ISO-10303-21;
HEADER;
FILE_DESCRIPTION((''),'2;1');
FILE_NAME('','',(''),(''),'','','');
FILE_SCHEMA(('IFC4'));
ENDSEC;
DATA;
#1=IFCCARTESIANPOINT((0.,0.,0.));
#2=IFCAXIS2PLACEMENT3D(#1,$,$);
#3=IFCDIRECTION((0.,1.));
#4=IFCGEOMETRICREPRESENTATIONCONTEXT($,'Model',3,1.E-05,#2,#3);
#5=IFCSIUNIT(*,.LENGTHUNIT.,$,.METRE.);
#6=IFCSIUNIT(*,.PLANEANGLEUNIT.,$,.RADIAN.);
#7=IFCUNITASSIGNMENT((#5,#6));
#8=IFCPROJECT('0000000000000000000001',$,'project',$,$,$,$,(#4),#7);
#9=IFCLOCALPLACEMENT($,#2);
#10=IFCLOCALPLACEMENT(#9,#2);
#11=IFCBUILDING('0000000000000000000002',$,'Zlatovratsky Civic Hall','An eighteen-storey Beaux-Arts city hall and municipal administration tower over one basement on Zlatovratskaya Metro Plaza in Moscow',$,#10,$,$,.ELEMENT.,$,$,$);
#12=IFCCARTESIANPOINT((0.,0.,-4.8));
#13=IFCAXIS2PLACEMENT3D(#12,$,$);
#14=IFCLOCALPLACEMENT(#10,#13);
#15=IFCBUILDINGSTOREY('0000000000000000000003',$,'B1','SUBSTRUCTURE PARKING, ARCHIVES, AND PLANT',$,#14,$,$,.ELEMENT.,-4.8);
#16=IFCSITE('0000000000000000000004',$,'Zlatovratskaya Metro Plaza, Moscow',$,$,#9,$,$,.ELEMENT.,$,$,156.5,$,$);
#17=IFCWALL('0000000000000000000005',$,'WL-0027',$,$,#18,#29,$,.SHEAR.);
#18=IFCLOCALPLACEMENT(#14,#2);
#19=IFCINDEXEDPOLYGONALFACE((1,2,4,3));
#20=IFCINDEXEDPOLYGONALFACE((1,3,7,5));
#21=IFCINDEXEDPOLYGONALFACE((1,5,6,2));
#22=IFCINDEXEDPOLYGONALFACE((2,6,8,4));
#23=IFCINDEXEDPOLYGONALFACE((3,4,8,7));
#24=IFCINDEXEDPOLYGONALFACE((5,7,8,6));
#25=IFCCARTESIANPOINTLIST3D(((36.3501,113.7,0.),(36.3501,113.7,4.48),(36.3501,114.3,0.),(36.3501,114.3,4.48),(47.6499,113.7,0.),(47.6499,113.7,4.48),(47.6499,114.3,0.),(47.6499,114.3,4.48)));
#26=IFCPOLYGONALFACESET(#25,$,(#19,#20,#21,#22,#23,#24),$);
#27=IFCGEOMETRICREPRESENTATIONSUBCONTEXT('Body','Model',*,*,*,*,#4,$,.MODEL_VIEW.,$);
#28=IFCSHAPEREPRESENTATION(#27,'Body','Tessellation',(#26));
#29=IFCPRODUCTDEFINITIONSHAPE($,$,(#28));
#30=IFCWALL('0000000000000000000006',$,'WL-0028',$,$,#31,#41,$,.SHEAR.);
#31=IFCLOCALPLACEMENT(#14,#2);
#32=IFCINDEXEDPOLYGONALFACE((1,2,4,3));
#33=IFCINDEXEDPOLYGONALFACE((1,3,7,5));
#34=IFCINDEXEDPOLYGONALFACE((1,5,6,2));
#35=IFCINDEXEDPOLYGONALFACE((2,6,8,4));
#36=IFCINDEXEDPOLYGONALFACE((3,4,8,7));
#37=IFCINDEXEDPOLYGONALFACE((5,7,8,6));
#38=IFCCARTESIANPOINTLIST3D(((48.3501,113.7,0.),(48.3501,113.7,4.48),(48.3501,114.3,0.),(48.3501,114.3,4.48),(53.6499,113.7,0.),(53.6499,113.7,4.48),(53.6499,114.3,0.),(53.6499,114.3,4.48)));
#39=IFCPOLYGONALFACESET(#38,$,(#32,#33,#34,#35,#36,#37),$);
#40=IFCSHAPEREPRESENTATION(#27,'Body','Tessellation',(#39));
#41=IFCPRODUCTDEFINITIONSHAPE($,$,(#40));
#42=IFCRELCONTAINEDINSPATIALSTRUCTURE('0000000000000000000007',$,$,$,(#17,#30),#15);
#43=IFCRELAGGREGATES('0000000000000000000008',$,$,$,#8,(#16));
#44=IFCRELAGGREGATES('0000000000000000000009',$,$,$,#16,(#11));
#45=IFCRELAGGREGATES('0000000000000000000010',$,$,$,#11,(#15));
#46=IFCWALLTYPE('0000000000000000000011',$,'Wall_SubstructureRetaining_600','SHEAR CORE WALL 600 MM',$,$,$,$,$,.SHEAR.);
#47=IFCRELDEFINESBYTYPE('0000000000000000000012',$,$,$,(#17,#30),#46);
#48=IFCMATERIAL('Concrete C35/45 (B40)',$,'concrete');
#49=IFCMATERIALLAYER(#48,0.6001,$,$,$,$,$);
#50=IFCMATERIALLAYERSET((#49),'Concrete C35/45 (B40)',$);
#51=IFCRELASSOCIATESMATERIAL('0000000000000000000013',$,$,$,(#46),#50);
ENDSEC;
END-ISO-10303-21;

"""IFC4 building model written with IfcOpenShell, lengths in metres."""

from ifc_helpers import new_model, si_unit, direction, frame, frame_2d, origin, place, context, subcontext, project, spatial, rectangle, extrude, material, layer, layer_set, type_object, element, save


model = new_model("IFC4")

# Units and contexts
model_context = context("Model", 3, precision=1e-05, world=origin(), true_north=direction((0.0, 1.0)))
body_context = subcontext(model_context, "Body", "Model", "MODEL_VIEW")
ifc_project = project(units=[si_unit("LENGTHUNIT", "METRE"), si_unit("PLANEANGLEUNIT", "RADIAN")], contexts=[model_context])

# Site, building, storey
site_placement = place(None, origin())
site = spatial("IfcSite", under=ifc_project, at=site_placement, Name="Zlatovratskaya Metro Plaza, Moscow", CompositionType="ELEMENT", RefElevation=156.5)
building_placement = place(site_placement, origin())
building = spatial("IfcBuilding", under=site, at=building_placement, Name="Zlatovratsky Civic Hall", Description="An eighteen-storey Beaux-Arts city hall and municipal administration tower over one basement on Zlatovratskaya Metro Plaza in Moscow", CompositionType="ELEMENT")
storey_placement = place(building_placement, frame((0.0, 0.0, -4.8)))
storey = spatial("IfcBuildingStorey", under=building, at=storey_placement, Name="B1", Description="SUBSTRUCTURE PARKING, ARCHIVES, AND PLANT", CompositionType="ELEMENT", Elevation=-4.8)

# Shared definitions
ifc_material_1 = material(Name="Concrete C35/45 (B40)", Category="concrete")

# Walls
ifc_layer = layer(ifc_material_1, 0.6001)
ifc_layer_set = layer_set([ifc_layer], Name="Concrete C35/45 (B40)")
wall_type = type_object("IfcWallType", Name="Wall_SubstructureRetaining_600", Description="SHEAR CORE WALL 600 MM", PredefinedType="SHEAR", material=ifc_layer_set)
wall_1_placement = place(storey_placement, frame((36.3501, 114.0, 0.0), z_axis=(0.0, 0.0, 1.0), x_axis=(1.0, 0.0, 0.0)))
element("IfcWall", 1, at=wall_1_placement, inside=storey, type_object=wall_type, Name="WL-0027", PredefinedType="SHEAR", context=body_context, shape_type="SweptSolid", body=[
    extrude(rectangle(XDim=11.2998, YDim=0.6001, at=frame_2d((5.6499, 0.0))), origin(), (0.0, 0.0, 1.0), 4.48),
])
wall_2_placement = place(storey_placement, frame((48.3501, 114.0, 0.0), z_axis=(0.0, 0.0, 1.0), x_axis=(1.0, 0.0, 0.0)))
element("IfcWall", 2, at=wall_2_placement, inside=storey, type_object=wall_type, Name="WL-0028", PredefinedType="SHEAR", context=body_context, shape_type="SweptSolid", body=[
    extrude(rectangle(XDim=5.2998, YDim=0.6001, at=frame_2d((2.6499, 0.0))), origin(), (0.0, 0.0, 1.0), 4.48),
])

save(model, "model.ifc")
